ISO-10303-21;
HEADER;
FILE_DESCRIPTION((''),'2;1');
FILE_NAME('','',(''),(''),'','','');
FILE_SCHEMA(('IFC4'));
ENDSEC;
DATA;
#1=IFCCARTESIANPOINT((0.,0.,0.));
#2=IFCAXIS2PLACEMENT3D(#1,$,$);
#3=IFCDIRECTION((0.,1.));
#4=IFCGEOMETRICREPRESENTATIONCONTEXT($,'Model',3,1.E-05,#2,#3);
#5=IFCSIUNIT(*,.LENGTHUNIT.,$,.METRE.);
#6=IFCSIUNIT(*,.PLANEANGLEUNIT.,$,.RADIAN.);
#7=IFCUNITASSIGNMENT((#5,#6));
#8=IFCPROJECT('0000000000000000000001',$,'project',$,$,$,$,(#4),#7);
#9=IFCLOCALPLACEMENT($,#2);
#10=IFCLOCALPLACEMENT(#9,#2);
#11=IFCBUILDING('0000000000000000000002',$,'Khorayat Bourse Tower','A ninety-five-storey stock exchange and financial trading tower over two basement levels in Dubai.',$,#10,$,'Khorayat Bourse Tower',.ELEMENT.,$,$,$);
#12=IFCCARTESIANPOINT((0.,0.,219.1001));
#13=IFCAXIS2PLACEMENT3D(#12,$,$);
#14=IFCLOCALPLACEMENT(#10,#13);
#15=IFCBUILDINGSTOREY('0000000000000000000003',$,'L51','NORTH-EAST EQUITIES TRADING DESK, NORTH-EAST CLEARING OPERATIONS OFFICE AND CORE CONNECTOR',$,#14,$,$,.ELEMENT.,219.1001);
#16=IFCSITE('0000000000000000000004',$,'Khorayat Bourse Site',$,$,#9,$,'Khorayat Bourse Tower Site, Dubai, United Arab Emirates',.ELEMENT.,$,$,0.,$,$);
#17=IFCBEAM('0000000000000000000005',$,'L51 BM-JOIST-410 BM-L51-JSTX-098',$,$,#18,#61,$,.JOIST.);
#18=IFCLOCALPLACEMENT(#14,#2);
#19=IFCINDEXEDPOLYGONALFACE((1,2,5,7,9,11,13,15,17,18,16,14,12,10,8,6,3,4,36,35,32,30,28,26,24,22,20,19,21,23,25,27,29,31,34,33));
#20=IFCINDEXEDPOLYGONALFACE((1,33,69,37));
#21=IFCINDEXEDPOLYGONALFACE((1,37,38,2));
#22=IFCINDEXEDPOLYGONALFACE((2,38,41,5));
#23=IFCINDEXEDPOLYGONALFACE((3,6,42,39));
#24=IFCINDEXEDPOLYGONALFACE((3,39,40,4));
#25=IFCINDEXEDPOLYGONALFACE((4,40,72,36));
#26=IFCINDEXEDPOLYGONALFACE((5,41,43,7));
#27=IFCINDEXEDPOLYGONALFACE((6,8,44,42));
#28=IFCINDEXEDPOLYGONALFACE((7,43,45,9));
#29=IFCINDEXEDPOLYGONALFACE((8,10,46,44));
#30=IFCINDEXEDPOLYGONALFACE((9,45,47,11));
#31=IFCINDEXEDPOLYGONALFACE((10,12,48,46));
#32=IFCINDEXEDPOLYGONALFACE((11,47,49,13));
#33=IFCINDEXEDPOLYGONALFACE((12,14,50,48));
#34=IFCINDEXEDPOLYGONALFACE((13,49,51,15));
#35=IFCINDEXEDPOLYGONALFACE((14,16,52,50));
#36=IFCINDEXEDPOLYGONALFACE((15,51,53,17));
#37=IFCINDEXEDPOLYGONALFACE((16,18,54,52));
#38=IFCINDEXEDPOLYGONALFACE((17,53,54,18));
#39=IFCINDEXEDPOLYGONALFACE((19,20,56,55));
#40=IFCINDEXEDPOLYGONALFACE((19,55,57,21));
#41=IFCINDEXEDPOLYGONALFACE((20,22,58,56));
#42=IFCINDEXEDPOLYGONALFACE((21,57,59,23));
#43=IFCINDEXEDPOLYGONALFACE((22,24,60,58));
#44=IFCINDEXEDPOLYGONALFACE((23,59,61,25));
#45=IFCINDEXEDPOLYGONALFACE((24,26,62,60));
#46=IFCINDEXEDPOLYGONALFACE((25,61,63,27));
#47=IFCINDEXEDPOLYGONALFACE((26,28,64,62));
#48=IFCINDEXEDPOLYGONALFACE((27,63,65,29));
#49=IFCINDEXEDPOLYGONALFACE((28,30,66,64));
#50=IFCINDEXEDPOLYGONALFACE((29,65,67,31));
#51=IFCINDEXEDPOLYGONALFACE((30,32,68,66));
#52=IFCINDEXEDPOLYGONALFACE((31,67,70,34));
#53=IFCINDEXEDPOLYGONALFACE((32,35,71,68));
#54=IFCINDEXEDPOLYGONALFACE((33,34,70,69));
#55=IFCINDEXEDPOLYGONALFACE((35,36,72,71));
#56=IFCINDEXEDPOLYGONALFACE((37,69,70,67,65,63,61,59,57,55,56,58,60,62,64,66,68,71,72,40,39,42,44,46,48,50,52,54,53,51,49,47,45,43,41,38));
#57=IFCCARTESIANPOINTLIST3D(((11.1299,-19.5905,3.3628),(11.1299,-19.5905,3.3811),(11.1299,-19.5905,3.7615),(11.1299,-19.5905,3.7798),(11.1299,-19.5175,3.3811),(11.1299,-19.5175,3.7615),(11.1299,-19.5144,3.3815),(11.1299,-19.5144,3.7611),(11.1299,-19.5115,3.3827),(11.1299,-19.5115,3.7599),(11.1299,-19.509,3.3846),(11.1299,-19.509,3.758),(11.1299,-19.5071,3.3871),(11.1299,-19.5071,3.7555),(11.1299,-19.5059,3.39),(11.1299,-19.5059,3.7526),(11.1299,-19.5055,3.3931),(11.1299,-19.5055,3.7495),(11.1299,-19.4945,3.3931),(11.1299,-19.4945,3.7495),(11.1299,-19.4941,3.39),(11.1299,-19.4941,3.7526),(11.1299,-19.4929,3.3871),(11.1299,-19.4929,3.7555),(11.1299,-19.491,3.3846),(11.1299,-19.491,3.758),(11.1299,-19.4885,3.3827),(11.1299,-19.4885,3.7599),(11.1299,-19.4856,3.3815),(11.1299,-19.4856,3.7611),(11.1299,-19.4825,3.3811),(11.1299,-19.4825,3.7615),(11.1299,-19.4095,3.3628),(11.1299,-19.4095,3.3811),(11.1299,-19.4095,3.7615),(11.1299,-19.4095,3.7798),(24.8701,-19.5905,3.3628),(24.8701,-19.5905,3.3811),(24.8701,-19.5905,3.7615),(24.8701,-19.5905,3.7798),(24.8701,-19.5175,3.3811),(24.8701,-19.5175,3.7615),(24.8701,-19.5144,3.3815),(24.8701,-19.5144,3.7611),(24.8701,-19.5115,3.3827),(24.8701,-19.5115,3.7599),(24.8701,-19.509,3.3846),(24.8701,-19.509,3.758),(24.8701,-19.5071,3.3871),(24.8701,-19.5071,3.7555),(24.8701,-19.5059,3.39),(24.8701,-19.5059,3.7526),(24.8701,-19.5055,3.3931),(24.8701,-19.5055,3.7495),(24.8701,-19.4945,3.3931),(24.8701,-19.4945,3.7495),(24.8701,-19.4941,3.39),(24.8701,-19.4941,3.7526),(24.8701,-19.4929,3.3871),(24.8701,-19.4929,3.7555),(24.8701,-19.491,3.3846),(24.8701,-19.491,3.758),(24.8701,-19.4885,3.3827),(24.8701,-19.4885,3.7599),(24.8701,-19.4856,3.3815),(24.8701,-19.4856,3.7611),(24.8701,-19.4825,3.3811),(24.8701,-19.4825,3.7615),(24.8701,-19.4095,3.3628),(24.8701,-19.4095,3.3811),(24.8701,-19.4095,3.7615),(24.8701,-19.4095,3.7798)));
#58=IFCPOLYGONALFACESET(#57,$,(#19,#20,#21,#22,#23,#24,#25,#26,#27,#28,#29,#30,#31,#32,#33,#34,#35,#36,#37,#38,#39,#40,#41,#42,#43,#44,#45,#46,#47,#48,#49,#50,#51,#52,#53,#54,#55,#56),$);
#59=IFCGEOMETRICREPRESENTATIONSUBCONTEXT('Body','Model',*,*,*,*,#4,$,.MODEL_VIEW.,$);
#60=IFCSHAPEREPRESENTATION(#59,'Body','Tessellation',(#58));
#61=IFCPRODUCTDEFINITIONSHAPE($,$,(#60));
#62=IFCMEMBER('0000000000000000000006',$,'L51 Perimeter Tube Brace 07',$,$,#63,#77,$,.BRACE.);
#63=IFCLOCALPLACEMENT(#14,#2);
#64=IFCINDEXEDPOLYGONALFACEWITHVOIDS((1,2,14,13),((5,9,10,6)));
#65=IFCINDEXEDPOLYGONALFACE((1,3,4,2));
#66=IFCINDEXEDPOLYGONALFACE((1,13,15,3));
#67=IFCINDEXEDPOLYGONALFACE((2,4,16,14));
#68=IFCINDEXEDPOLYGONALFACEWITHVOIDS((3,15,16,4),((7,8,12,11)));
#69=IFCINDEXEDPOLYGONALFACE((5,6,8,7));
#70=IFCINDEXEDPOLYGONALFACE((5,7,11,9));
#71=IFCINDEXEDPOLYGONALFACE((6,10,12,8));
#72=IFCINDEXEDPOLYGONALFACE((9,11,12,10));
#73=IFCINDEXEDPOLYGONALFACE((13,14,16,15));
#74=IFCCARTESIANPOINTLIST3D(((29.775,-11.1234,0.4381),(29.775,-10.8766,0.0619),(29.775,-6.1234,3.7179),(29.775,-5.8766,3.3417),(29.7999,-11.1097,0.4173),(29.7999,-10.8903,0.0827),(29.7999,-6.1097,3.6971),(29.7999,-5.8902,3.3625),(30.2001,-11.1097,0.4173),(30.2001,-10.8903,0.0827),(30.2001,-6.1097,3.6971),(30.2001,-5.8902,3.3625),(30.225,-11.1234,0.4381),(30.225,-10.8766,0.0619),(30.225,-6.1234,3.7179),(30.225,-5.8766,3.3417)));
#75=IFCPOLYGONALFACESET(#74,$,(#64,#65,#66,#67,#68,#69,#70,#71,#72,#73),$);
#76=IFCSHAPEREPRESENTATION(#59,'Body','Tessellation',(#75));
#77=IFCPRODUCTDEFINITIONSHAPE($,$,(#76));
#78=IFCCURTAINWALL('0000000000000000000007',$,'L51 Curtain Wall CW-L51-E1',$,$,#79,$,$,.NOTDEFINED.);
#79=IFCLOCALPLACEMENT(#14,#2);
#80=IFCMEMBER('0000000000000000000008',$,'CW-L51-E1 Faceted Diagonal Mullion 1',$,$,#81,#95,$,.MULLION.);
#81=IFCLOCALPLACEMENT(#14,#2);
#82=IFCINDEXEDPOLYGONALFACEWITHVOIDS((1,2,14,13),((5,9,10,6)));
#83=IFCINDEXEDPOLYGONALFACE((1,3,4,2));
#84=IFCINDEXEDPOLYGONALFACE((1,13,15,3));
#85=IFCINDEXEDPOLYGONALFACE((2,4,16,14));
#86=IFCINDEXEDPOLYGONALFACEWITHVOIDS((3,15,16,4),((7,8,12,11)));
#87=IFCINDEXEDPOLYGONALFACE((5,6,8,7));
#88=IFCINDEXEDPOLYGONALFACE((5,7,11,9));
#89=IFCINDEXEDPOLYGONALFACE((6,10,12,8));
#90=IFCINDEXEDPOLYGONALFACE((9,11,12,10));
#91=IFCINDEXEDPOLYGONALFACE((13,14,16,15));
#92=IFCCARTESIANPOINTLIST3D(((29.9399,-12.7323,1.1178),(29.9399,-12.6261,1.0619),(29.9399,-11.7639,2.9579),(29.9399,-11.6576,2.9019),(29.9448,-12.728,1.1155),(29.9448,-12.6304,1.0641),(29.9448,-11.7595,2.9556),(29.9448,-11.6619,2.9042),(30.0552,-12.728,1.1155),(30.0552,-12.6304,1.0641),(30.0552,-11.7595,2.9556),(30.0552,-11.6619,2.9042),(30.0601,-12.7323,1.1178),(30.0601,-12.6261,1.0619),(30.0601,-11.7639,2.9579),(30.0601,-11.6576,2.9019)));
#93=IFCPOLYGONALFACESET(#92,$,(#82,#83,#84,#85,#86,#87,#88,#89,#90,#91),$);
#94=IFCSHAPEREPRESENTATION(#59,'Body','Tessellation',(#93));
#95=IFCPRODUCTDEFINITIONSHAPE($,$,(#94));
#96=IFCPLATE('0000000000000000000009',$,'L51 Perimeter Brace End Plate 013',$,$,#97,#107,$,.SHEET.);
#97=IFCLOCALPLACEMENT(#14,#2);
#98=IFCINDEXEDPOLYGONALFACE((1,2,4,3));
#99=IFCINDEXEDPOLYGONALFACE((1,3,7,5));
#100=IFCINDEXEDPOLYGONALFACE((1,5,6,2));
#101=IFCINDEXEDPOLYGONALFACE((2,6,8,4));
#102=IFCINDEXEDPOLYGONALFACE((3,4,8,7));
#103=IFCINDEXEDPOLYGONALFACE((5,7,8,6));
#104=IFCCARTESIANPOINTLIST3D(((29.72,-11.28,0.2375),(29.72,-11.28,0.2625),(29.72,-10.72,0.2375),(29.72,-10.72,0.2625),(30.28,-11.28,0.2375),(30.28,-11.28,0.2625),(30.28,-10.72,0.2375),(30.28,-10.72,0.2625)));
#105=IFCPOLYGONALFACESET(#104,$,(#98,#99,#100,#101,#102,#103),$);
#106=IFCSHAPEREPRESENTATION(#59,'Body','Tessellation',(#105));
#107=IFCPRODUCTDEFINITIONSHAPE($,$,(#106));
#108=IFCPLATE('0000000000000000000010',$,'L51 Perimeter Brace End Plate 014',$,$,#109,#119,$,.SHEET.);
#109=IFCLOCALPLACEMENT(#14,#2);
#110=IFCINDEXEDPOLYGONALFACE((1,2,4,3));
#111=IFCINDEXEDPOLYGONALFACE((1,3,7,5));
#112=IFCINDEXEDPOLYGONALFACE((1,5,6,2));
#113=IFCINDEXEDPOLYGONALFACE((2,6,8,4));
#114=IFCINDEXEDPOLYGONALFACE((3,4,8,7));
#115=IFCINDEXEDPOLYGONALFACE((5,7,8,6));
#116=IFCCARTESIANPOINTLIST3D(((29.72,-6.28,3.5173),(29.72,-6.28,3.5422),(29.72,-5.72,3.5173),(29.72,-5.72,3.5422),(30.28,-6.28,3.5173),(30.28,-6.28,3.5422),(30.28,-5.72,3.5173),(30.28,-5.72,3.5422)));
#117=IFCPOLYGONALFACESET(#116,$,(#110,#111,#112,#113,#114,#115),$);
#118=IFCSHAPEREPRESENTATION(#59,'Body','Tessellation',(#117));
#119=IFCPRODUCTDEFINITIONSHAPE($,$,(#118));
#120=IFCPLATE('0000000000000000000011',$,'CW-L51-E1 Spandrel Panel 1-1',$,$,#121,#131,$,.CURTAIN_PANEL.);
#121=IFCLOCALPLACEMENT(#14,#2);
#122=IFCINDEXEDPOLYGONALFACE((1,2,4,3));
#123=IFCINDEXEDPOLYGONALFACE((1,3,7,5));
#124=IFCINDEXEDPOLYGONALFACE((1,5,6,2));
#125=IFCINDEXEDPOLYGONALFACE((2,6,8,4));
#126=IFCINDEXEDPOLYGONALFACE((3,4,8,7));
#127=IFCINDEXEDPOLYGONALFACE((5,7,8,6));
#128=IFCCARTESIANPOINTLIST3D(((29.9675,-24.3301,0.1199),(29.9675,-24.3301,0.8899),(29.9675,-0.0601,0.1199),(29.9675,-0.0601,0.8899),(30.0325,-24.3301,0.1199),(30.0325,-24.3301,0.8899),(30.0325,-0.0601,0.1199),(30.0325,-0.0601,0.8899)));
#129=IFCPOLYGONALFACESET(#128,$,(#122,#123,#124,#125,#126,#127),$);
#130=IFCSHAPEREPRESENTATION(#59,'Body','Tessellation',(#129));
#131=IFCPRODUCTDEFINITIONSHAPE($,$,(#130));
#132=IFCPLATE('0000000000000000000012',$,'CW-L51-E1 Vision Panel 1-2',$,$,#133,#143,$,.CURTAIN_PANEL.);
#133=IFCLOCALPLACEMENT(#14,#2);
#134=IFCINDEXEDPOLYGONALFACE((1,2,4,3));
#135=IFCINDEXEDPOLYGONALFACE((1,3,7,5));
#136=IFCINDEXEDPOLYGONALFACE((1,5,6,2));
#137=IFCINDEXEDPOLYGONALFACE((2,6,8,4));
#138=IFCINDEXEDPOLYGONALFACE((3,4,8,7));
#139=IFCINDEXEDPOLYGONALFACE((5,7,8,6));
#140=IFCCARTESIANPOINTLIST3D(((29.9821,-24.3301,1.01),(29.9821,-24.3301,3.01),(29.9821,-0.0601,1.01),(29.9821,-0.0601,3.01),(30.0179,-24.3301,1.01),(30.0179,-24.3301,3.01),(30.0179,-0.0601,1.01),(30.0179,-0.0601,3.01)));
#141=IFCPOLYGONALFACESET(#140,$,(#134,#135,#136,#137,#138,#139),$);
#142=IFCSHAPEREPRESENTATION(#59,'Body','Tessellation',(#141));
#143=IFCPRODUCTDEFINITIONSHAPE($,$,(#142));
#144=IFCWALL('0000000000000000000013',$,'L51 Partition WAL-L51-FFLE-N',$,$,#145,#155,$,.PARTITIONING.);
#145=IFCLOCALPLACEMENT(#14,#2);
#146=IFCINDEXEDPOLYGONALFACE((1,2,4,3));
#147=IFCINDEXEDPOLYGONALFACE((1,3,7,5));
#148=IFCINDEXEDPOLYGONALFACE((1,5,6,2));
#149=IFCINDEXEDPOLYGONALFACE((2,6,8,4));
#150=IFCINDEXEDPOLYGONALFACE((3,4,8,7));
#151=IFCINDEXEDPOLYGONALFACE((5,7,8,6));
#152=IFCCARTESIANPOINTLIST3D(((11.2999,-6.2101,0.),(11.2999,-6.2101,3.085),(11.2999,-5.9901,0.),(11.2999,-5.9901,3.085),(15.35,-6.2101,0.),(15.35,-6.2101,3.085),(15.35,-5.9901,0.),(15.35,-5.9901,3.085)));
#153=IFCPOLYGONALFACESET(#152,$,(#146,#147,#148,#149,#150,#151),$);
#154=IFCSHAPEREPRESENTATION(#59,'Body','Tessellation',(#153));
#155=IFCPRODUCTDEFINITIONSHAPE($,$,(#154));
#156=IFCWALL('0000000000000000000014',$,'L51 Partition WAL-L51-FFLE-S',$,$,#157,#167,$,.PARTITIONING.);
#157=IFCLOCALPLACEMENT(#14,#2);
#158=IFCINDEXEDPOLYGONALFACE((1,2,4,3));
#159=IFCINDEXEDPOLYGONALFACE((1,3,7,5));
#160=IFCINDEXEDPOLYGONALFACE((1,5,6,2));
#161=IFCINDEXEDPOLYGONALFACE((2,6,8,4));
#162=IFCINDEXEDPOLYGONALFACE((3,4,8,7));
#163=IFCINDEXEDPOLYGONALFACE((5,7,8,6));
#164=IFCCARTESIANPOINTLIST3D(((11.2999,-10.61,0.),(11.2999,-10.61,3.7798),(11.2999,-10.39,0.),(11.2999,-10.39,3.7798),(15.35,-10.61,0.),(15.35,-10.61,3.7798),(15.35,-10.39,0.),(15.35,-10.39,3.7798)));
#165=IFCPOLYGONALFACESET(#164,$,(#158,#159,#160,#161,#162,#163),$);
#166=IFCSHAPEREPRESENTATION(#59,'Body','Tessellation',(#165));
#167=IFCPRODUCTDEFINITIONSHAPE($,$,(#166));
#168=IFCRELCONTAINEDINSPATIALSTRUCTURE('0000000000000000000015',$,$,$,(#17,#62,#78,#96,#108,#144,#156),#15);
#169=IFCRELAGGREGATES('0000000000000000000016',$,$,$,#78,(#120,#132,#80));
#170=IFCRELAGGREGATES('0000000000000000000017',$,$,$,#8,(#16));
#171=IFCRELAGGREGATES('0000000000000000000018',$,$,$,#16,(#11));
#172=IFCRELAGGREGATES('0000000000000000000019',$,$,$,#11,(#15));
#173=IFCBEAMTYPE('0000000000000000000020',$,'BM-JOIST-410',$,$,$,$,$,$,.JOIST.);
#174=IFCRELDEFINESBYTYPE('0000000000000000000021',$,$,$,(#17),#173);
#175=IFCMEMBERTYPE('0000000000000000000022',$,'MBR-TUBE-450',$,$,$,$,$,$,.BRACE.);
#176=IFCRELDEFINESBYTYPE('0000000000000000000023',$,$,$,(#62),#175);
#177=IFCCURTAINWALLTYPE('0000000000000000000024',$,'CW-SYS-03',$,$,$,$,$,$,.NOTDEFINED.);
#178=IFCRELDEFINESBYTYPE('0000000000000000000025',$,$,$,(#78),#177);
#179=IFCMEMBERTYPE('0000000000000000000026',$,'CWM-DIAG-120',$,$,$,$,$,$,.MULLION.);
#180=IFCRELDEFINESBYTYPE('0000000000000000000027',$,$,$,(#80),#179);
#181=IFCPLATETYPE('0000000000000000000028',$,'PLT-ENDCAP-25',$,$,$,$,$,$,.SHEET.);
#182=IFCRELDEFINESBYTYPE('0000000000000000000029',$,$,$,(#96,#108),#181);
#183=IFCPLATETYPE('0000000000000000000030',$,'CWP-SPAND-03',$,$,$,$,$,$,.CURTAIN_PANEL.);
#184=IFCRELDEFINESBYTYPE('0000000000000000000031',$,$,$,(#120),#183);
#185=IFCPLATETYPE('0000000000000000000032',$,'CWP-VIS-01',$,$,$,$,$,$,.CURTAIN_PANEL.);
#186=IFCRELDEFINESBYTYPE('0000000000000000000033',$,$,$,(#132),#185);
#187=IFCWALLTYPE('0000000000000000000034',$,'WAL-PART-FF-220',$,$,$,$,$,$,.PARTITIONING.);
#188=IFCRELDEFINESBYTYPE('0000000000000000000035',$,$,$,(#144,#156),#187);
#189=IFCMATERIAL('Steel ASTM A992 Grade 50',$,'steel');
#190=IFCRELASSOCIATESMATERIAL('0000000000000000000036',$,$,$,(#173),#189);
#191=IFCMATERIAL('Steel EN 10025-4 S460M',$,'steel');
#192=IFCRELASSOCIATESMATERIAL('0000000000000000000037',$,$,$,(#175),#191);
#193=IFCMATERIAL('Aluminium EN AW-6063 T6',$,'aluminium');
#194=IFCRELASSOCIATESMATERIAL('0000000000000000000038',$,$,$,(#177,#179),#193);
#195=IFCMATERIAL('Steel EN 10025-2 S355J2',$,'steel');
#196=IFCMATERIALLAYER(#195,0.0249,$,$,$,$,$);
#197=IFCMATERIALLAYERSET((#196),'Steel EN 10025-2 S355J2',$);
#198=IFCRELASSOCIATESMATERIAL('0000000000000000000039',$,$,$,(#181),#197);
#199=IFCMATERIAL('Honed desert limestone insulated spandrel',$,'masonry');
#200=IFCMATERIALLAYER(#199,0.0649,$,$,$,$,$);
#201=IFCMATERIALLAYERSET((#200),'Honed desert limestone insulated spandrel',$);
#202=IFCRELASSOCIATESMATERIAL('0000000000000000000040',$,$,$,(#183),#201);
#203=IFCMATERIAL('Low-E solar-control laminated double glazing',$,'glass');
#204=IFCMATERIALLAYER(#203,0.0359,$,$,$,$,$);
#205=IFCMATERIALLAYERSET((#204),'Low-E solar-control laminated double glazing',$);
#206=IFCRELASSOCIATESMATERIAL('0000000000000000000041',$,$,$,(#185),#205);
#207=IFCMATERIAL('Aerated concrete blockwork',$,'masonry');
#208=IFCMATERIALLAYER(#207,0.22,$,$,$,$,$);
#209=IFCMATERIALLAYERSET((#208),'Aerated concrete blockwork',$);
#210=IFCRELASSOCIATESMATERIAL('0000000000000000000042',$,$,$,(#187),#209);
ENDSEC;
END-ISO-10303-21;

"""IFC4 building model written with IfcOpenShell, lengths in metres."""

from ifc_helpers import new_model, si_unit, direction, frame, frame_2d, origin, origin_2d, place, context, subcontext, project, spatial, rectangle, hollow_rectangle, i_section, extrude, source, transform, mapped, material, layer, layer_set, material_profile, profile_set, type_object, element, aggregate, save


model = new_model("IFC4")

# Units and contexts
model_context = context("Model", 3, precision=1e-05, world=origin(), true_north=direction((0.0, 1.0)))
body_context = subcontext(model_context, "Body", "Model", "MODEL_VIEW")
ifc_project = project(units=[si_unit("LENGTHUNIT", "METRE"), si_unit("PLANEANGLEUNIT", "RADIAN")], contexts=[model_context])

# Site, building, storey
site_placement = place(None, origin())
site = spatial("IfcSite", under=ifc_project, at=site_placement, Name="Khorayat Bourse Site", LongName="Khorayat Bourse Tower Site, Dubai, United Arab Emirates", CompositionType="ELEMENT", RefElevation=0.0)
building_placement = place(site_placement, origin())
building = spatial("IfcBuilding", under=site, at=building_placement, Name="Khorayat Bourse Tower", Description="A ninety-five-storey stock exchange and financial trading tower over two basement levels in Dubai.", LongName="Khorayat Bourse Tower", CompositionType="ELEMENT")
storey_placement = place(building_placement, frame((0.0, 0.0, 219.1001)))
storey = spatial("IfcBuildingStorey", under=building, at=storey_placement, Name="L51", Description="NORTH-EAST EQUITIES TRADING DESK, NORTH-EAST CLEARING OPERATIONS OFFICE AND CORE CONNECTOR", CompositionType="ELEMENT", Elevation=219.1001)

# Shared definitions
ifc_material_1 = material(Name="Steel EN 10025-4 S460M", Category="steel")

# Beam
ifc_material_2 = material(Name="Steel ASTM A992 Grade 50", Category="steel")
ifc_material_profile_1 = material_profile(ifc_material_2, i_section(OverallWidth=0.1809, OverallDepth=0.417, WebThickness=0.011, FlangeThickness=0.0183, FilletRadius=0.012, at=origin_2d()), Name="W410X85")
ifc_profile_set_1 = profile_set([ifc_material_profile_1], Name="Steel ASTM A992 Grade 50")
beam_type_1 = type_object("IfcBeamType", Name="BM-JOIST-410", PredefinedType="JOIST", material=ifc_profile_set_1)
shared_shape_1 = source(origin(), body_context, "Body", "SweptSolid", [
    extrude(i_section(OverallWidth=0.1809, OverallDepth=0.417, WebThickness=0.011, FlangeThickness=0.0183, FilletRadius=0.012, at=origin_2d()), origin(), (0.0, 0.0, 1.0), 13.7402),
])
beam_1_placement = place(storey_placement, frame((11.1299, -19.5, 3.5713), z_axis=(1.0, 0.0, 0.0), x_axis=(0.0, 1.0, 0.0)))
element("IfcBeam", 1, at=beam_1_placement, inside=storey, type_object=beam_type_1, Name="L51 BM-JOIST-410 BM-L51-JSTX-098", PredefinedType="JOIST", context=body_context, shape_type="MappedRepresentation", body=[
    mapped(shared_shape_1, transform((0.0, 0.0, 0.0), scale=1.0)),
])

# Member
ifc_material_profile_2 = material_profile(ifc_material_1, hollow_rectangle(XDim=0.45, YDim=0.45, WallThickness=0.0249, at=origin_2d()), Name="HSS 450x450x25")
ifc_profile_set_2 = profile_set([ifc_material_profile_2], Name="Steel EN 10025-4 S460M")
member_type_1 = type_object("IfcMemberType", Name="MBR-TUBE-450", PredefinedType="BRACE", material=ifc_profile_set_2)
shared_shape_2 = source(origin(), body_context, "Body", "SweptSolid", [
    extrude(hollow_rectangle(XDim=0.45, YDim=0.45, WallThickness=0.0249, at=origin_2d()), origin(), (0.0, 0.0, 1.0), 5.9797),
])
member_1_placement = place(storey_placement, frame((30.0, -11.0, 0.25), z_axis=(0.0, 0.83616, 0.548485), x_axis=(-1.0, 0.0, 0.0)))
element("IfcMember", 2, at=member_1_placement, inside=storey, type_object=member_type_1, Name="L51 Perimeter Tube Brace 07", PredefinedType="BRACE", context=body_context, shape_type="MappedRepresentation", body=[
    mapped(shared_shape_2, transform((0.0, 0.0, 0.0), scale=1.0)),
])

# Curtain wall, member
ifc_material_3 = material(Name="Aluminium EN AW-6063 T6", Category="aluminium")
curtain_wall_type = type_object("IfcCurtainWallType", Name="CW-SYS-03", PredefinedType="NOTDEFINED", material=ifc_material_3)
curtain_wall_placement = place(storey_placement, origin())
curtain_wall = element("IfcCurtainWall", 3, at=curtain_wall_placement, inside=storey, type_object=curtain_wall_type, Name="L51 Curtain Wall CW-L51-E1", PredefinedType="NOTDEFINED")
ifc_material_profile_3 = material_profile(ifc_material_3, hollow_rectangle(XDim=0.1201, YDim=0.1201, WallThickness=0.0049, at=origin_2d()), Name="ALU 120x120x5")
ifc_profile_set_3 = profile_set([ifc_material_profile_3], Name="Aluminium EN AW-6063 T6")
member_type_2 = type_object("IfcMemberType", Name="CWM-DIAG-120", PredefinedType="MULLION", material=ifc_profile_set_3)
shared_shape_3 = source(origin(), body_context, "Body", "SweptSolid", [
    extrude(hollow_rectangle(XDim=0.1201, YDim=0.1201, WallThickness=0.0049, at=origin_2d()), origin(), (0.0, 0.0, 1.0), 2.0793),
])
member_2_placement = place(storey_placement, frame((30.0, -12.6792, 1.0898), z_axis=(0.0, 0.465761, 0.884911), x_axis=(-1.0, 0.0, 0.0)))
member_2 = element("IfcMember", 4, at=member_2_placement, type_object=member_type_2, Name="CW-L51-E1 Faceted Diagonal Mullion 1", PredefinedType="MULLION", context=body_context, shape_type="MappedRepresentation", body=[
    mapped(shared_shape_3, transform((0.0, 0.0, 0.0), scale=1.0)),
])

# Plates
ifc_material_4 = material(Name="Steel EN 10025-2 S355J2", Category="steel")
ifc_layer_1 = layer(ifc_material_4, 0.0249)
ifc_layer_set_1 = layer_set([ifc_layer_1], Name="Steel EN 10025-2 S355J2")
plate_type_1 = type_object("IfcPlateType", Name="PLT-ENDCAP-25", PredefinedType="SHEET", material=ifc_layer_set_1)
shared_shape_4 = source(origin(), body_context, "Body", "SweptSolid", [
    extrude(rectangle(XDim=0.5601, YDim=0.5601, at=origin_2d()), origin(), (0.0, 0.0, 1.0), 0.0249),
])
for number, where, z_axis, x_axis, name in (
    (5, (30.0, -11.0, 0.2375), (0.0, 0.0, 1.0), (1.0, 0.0, 0.0), "L51 Perimeter Brace End Plate 013"),
    (6, (30.0, -6.0, 3.5173), (0.0, 0.0, 1.0), (1.0, 0.0, 0.0), "L51 Perimeter Brace End Plate 014"),
):
    element("IfcPlate", number, at=place(storey_placement, frame(where, z_axis=z_axis, x_axis=x_axis)), inside=storey, type_object=plate_type_1, Name=name, PredefinedType="SHEET", context=body_context, shape_type="MappedRepresentation", body=[
        mapped(shared_shape_4, transform((0.0, 0.0, 0.0), scale=1.0)),
    ])

# Plates
ifc_material_5 = material(Name="Honed desert limestone insulated spandrel", Category="masonry")
ifc_layer_2 = layer(ifc_material_5, 0.0649)
ifc_layer_set_2 = layer_set([ifc_layer_2], Name="Honed desert limestone insulated spandrel")
plate_type_2 = type_object("IfcPlateType", Name="CWP-SPAND-03", PredefinedType="CURTAIN_PANEL", material=ifc_layer_set_2)
shared_shape_5 = source(origin(), body_context, "Body", "SweptSolid", [
    extrude(rectangle(XDim=24.27, YDim=0.0649, at=origin_2d()), origin(), (0.0, 0.0, 1.0), 0.77),
])
plate_1_placement = place(storey_placement, frame((30.0, -12.1951, 0.1199), z_axis=(0.0, 0.0, 1.0), x_axis=(0.0, 1.0, 0.0)))
plate_1 = element("IfcPlate", 7, at=plate_1_placement, type_object=plate_type_2, Name="CW-L51-E1 Spandrel Panel 1-1", PredefinedType="CURTAIN_PANEL", context=body_context, shape_type="MappedRepresentation", body=[
    mapped(shared_shape_5, transform((0.0, 0.0, 0.0), scale=1.0)),
])
ifc_material_6 = material(Name="Low-E solar-control laminated double glazing", Category="glass")
ifc_layer_3 = layer(ifc_material_6, 0.0359)
ifc_layer_set_3 = layer_set([ifc_layer_3], Name="Low-E solar-control laminated double glazing")
plate_type_3 = type_object("IfcPlateType", Name="CWP-VIS-01", PredefinedType="CURTAIN_PANEL", material=ifc_layer_set_3)
shared_shape_6 = source(origin(), body_context, "Body", "SweptSolid", [
    extrude(rectangle(XDim=24.27, YDim=0.0359, at=origin_2d()), origin(), (0.0, 0.0, 1.0), 2.0),
])
plate_2_placement = place(storey_placement, frame((30.0, -12.1951, 1.01), z_axis=(0.0, 0.0, 1.0), x_axis=(0.0, 1.0, 0.0)))
plate_2 = element("IfcPlate", 8, at=plate_2_placement, type_object=plate_type_3, Name="CW-L51-E1 Vision Panel 1-2", PredefinedType="CURTAIN_PANEL", context=body_context, shape_type="MappedRepresentation", body=[
    mapped(shared_shape_6, transform((0.0, 0.0, 0.0), scale=1.0)),
])
aggregate(curtain_wall, [plate_1, plate_2, member_2])

# Walls
ifc_material_7 = material(Name="Aerated concrete blockwork", Category="masonry")
ifc_layer_4 = layer(ifc_material_7, 0.22)
ifc_layer_set_4 = layer_set([ifc_layer_4], Name="Aerated concrete blockwork")
wall_type_1 = type_object("IfcWallType", Name="WAL-PART-FF-220", PredefinedType="PARTITIONING", material=ifc_layer_set_4)
shared_shape_7 = source(origin(), body_context, "Body", "SweptSolid", [
    extrude(rectangle(XDim=4.05, YDim=0.22, at=frame_2d((2.0249, 0.0))), origin(), (0.0, 0.0, 1.0), 3.085),
])
wall_1_placement = place(storey_placement, frame((11.3, -6.1001, 0.0), z_axis=(0.0, 0.0, 1.0), x_axis=(1.0, 0.0, 0.0)))
element("IfcWall", 9, at=wall_1_placement, inside=storey, type_object=wall_type_1, Name="L51 Partition WAL-L51-FFLE-N", PredefinedType="PARTITIONING", context=body_context, shape_type="MappedRepresentation", body=[
    mapped(shared_shape_7, transform((0.0, 0.0, 0.0), scale=1.0)),
])
shared_shape_8 = source(origin(), body_context, "Body", "SweptSolid", [
    extrude(rectangle(XDim=4.05, YDim=0.22, at=frame_2d((2.0249, 0.0))), origin(), (0.0, 0.0, 1.0), 3.7798),
])
wall_2_placement = place(storey_placement, frame((11.3, -10.5, 0.0), z_axis=(0.0, 0.0, 1.0), x_axis=(1.0, 0.0, 0.0)))
element("IfcWall", 10, at=wall_2_placement, inside=storey, type_object=wall_type_1, Name="L51 Partition WAL-L51-FFLE-S", PredefinedType="PARTITIONING", context=body_context, shape_type="MappedRepresentation", body=[
    mapped(shared_shape_8, transform((0.0, 0.0, 0.0), scale=1.0)),
])

save(model, "model.ifc")
